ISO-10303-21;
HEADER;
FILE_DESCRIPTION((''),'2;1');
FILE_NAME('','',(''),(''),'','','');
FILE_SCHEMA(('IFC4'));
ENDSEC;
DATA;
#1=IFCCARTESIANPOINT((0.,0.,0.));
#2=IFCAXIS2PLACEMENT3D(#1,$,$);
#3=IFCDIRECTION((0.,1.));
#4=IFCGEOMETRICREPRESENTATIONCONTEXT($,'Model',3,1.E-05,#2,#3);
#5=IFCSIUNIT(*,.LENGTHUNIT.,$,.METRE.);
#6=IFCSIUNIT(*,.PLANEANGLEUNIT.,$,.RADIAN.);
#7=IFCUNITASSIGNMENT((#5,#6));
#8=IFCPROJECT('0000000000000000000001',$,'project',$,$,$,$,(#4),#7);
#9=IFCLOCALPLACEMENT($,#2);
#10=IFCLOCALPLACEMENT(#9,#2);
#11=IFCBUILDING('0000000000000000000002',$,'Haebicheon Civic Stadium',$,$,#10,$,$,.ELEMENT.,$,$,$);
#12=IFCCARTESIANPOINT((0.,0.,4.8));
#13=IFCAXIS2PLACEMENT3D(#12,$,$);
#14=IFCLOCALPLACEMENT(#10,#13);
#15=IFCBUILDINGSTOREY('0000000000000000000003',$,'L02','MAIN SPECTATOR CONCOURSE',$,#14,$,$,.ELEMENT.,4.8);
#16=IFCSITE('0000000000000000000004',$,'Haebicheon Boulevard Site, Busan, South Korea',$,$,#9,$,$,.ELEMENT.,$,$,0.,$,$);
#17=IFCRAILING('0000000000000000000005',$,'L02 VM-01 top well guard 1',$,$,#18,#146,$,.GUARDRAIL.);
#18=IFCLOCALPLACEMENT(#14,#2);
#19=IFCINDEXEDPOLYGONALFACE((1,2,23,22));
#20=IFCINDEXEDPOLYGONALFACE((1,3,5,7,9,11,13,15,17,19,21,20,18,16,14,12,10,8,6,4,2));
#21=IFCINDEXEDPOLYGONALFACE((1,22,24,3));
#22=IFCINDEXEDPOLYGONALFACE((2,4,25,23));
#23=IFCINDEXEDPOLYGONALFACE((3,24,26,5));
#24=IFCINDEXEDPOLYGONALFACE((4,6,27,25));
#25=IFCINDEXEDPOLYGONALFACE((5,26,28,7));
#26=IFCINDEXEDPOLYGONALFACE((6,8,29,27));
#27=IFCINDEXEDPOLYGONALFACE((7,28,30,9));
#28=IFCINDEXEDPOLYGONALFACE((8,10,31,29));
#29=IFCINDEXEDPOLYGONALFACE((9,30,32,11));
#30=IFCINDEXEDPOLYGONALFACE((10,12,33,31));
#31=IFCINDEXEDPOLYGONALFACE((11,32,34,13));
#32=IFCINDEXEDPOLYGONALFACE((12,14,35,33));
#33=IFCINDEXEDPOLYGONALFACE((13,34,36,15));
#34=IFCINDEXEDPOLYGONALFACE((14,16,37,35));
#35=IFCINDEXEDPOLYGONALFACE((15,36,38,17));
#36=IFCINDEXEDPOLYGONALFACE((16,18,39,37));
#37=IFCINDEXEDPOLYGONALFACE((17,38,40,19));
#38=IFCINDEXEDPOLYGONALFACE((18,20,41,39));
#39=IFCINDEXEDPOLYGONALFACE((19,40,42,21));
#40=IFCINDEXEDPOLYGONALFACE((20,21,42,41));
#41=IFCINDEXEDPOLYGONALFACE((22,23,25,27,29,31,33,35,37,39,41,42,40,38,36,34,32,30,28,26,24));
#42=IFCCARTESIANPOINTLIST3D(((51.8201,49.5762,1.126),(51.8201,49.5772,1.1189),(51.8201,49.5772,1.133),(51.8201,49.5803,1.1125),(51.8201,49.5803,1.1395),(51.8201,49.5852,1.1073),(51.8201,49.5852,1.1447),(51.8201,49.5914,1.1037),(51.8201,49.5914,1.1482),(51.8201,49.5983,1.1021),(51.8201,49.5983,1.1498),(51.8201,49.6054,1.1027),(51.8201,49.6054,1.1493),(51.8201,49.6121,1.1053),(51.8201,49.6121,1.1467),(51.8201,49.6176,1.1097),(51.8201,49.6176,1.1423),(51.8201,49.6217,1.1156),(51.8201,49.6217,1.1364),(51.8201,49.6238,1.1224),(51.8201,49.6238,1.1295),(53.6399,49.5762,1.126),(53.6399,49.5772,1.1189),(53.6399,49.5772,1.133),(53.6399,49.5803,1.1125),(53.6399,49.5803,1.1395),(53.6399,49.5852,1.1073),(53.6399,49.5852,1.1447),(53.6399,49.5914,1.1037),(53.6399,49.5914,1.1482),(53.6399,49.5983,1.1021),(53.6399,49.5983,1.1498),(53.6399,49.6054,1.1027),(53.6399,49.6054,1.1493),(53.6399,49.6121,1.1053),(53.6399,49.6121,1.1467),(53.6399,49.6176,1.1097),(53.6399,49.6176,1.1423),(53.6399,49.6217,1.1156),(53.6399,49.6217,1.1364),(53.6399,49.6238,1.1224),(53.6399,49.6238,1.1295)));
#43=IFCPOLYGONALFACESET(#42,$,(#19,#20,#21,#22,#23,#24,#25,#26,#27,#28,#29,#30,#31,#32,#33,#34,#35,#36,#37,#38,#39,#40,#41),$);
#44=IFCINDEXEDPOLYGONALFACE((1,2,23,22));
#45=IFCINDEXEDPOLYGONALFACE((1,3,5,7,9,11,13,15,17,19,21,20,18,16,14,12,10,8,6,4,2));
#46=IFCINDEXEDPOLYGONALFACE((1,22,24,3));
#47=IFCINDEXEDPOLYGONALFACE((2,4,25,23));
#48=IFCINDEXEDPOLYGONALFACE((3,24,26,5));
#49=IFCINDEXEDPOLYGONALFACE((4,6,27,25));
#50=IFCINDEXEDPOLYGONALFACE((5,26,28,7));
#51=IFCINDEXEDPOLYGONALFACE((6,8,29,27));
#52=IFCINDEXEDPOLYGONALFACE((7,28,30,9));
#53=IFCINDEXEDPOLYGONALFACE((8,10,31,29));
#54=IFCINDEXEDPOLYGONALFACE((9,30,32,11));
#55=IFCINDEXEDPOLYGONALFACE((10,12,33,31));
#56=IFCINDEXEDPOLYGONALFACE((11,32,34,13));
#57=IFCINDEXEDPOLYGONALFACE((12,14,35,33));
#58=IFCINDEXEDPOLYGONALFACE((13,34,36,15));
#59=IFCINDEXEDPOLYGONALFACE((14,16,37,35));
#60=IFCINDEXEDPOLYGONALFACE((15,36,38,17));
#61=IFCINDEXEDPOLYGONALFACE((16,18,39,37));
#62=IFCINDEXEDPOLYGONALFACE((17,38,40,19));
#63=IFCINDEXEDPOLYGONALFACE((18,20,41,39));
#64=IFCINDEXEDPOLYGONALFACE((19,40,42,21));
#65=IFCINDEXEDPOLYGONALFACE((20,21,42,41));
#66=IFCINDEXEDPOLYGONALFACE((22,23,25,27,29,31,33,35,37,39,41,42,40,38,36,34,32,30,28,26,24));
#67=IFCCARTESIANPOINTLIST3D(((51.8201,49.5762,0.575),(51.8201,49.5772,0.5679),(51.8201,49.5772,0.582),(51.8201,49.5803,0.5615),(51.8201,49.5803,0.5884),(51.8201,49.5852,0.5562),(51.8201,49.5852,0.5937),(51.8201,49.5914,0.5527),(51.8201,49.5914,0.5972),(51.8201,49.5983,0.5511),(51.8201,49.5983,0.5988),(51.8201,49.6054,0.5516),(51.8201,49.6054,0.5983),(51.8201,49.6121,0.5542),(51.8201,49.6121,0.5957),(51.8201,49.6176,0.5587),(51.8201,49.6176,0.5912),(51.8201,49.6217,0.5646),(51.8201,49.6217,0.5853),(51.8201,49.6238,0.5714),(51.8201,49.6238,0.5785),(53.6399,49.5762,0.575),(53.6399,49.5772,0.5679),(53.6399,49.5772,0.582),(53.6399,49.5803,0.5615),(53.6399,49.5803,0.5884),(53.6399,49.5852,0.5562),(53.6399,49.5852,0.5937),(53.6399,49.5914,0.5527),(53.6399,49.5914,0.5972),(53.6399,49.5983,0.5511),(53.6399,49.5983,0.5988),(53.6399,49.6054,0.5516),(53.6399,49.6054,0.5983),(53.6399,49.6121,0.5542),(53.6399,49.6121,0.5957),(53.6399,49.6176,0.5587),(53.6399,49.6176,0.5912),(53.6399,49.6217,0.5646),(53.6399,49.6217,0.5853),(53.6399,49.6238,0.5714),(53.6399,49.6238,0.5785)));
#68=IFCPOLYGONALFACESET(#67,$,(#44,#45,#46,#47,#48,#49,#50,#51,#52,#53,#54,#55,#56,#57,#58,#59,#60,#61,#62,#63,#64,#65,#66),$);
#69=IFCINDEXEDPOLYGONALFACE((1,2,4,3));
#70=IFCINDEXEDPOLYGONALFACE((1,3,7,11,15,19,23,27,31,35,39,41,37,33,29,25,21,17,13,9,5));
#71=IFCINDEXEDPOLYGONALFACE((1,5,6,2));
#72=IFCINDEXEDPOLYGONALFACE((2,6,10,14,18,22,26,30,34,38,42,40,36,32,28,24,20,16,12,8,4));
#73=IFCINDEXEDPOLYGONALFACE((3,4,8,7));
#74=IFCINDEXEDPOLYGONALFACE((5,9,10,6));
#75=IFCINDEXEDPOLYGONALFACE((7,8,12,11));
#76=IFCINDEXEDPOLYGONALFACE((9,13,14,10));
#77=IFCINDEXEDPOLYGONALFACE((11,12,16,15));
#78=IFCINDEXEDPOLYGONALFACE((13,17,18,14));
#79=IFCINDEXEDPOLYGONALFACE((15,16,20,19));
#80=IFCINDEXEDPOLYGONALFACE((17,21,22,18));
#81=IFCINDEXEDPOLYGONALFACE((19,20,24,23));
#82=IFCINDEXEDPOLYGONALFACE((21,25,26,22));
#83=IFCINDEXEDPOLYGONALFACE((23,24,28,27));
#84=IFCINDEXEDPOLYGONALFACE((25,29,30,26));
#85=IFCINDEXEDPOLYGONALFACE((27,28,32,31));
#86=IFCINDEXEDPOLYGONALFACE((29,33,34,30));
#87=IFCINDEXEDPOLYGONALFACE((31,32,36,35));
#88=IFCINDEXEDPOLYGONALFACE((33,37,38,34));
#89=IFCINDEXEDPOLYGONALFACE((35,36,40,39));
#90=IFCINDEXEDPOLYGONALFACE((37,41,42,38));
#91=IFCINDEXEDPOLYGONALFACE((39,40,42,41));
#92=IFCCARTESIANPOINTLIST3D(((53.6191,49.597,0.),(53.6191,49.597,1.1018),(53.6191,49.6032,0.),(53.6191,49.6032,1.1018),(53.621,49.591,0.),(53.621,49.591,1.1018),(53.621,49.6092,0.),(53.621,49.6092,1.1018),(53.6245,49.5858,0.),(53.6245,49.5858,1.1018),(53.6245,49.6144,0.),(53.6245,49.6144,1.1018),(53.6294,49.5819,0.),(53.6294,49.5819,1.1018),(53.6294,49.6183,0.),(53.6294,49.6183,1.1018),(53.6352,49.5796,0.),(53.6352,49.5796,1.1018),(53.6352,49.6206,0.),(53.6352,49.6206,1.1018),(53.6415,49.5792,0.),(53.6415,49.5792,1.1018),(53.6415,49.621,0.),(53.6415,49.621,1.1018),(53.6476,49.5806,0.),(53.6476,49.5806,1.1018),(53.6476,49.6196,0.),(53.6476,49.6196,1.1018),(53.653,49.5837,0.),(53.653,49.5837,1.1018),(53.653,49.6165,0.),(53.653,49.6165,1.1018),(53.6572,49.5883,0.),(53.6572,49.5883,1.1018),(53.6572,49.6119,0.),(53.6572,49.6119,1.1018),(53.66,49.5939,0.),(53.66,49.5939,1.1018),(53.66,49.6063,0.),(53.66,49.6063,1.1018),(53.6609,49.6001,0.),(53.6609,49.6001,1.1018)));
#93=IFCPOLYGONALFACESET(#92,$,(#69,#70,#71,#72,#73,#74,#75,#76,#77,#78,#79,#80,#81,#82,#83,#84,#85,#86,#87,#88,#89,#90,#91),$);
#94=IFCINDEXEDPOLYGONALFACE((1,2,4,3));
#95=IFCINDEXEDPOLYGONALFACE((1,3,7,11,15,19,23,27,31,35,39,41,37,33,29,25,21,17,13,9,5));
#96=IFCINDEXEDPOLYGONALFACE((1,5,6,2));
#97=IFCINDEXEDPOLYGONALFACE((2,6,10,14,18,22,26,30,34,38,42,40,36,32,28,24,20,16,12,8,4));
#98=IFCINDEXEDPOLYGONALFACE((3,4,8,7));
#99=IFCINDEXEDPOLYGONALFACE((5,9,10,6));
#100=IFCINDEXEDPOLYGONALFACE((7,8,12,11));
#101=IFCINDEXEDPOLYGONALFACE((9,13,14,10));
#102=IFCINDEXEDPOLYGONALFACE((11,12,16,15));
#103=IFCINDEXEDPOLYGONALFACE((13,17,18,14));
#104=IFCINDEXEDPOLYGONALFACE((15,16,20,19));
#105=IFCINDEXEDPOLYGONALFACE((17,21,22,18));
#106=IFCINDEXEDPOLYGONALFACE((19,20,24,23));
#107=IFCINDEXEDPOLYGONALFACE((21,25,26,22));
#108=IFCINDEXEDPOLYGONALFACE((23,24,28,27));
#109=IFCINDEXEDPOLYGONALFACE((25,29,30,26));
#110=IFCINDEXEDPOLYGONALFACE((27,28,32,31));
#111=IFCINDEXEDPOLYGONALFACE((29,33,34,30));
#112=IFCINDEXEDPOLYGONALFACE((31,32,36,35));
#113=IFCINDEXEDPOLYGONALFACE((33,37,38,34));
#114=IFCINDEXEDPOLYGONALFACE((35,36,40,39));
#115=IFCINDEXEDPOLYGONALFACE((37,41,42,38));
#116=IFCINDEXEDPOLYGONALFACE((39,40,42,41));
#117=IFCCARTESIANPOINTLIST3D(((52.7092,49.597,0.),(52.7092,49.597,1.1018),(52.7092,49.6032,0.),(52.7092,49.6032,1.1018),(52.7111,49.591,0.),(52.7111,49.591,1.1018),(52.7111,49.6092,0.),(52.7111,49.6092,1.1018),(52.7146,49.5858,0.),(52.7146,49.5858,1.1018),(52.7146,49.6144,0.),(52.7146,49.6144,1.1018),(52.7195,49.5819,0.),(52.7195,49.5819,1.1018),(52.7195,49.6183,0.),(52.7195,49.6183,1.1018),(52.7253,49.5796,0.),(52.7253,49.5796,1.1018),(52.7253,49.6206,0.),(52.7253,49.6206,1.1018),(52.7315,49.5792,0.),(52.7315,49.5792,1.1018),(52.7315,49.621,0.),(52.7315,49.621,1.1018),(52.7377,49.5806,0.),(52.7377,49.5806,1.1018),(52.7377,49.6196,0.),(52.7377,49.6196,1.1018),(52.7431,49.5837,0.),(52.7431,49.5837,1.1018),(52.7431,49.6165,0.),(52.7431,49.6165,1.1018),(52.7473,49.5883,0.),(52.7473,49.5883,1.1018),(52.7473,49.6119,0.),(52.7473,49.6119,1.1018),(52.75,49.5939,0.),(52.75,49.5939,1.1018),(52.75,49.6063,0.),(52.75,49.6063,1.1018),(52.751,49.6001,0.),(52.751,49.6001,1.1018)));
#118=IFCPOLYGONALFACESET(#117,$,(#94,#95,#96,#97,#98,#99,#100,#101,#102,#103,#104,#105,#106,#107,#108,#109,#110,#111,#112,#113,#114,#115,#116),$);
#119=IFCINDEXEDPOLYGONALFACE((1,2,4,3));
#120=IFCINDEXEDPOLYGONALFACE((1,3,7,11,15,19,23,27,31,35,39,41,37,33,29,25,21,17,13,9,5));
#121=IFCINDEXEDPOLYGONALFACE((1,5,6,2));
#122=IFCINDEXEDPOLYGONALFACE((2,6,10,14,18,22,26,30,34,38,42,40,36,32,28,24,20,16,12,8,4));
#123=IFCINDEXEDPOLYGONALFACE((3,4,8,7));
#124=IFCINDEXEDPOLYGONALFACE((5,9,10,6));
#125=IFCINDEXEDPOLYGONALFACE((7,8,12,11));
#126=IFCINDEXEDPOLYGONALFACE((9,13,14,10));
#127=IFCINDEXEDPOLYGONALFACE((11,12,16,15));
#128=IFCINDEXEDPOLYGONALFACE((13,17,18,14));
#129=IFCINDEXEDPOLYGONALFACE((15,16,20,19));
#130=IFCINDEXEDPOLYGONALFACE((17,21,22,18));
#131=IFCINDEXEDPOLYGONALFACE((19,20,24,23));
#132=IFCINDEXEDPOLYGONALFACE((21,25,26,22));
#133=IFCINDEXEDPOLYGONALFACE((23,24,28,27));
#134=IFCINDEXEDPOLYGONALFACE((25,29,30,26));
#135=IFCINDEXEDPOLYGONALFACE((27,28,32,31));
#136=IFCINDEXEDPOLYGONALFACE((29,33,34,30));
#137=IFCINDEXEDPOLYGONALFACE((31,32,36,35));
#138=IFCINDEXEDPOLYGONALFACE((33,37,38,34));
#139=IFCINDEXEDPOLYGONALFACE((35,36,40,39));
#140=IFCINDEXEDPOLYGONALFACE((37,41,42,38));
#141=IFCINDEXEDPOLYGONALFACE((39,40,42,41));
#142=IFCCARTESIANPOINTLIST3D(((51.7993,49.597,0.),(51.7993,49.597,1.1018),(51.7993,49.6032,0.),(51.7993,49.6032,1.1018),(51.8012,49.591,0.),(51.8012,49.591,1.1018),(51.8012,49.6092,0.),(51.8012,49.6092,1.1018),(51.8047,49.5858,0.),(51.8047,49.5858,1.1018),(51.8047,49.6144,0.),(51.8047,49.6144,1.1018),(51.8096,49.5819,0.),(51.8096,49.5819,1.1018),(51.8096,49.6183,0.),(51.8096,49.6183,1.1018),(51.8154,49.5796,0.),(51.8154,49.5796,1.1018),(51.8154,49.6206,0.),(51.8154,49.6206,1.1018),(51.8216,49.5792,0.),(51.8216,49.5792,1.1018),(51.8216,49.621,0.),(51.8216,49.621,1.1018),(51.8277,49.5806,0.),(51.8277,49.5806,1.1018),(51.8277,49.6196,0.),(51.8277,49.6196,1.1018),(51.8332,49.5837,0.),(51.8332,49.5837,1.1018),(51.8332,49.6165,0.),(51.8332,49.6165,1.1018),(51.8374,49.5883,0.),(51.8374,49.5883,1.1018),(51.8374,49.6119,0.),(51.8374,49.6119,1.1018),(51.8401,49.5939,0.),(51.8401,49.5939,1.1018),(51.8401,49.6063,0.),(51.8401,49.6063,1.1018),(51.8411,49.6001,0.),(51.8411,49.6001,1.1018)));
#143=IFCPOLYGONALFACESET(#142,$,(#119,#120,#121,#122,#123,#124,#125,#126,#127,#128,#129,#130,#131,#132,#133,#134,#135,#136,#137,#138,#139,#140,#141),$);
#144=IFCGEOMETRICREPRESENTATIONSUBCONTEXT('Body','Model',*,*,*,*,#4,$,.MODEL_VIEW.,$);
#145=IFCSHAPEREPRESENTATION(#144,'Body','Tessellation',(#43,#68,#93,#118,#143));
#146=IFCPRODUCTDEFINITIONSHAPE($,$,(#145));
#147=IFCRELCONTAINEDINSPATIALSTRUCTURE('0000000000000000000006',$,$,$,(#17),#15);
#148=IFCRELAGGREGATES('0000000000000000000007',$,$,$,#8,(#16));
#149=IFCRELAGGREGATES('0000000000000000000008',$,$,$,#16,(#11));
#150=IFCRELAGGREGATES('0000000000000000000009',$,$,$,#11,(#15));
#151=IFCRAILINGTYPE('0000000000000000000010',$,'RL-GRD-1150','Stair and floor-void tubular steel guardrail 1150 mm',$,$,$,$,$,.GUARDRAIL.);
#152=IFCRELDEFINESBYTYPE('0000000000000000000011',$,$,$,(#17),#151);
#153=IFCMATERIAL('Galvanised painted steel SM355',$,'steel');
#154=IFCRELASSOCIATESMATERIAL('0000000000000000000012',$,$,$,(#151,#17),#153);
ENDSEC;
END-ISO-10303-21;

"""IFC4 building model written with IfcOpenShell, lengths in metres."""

from ifc_helpers import new_model, si_unit, direction, frame, origin, origin_2d, place, context, subcontext, project, spatial, circle, extrude, material, type_object, element, save


model = new_model("IFC4")

# Units and contexts
model_context = context("Model", 3, precision=1e-05, world=origin(), true_north=direction((0.0, 1.0)))
body_context = subcontext(model_context, "Body", "Model", "MODEL_VIEW")
ifc_project = project(units=[si_unit("LENGTHUNIT", "METRE"), si_unit("PLANEANGLEUNIT", "RADIAN")], contexts=[model_context])

# Site, building, storey
site_placement = place(None, origin())
site = spatial("IfcSite", under=ifc_project, at=site_placement, Name="Haebicheon Boulevard Site, Busan, South Korea", CompositionType="ELEMENT", RefElevation=0.0)
building_placement = place(site_placement, origin())
building = spatial("IfcBuilding", under=site, at=building_placement, Name="Haebicheon Civic Stadium", CompositionType="ELEMENT")
storey_placement = place(building_placement, frame((0.0, 0.0, 4.8)))
storey = spatial("IfcBuildingStorey", under=building, at=storey_placement, Name="L02", Description="MAIN SPECTATOR CONCOURSE", CompositionType="ELEMENT", Elevation=4.8)

# Railing
ifc_material_1 = material(Name="Galvanised painted steel SM355", Category="steel")
railing_type_1 = type_object("IfcRailingType", Name="RL-GRD-1150", Description="Stair and floor-void tubular steel guardrail 1150 mm", PredefinedType="GUARDRAIL", material=ifc_material_1)
railing_1_placement = place(storey_placement, frame((53.6399, 49.6001, 0.0)))
element("IfcRailing", 1, at=railing_1_placement, inside=storey, type_object=railing_type_1, material=ifc_material_1, Name="L02 VM-01 top well guard 1", PredefinedType="GUARDRAIL", context=body_context, shape_type="SweptSolid", body=[
    extrude(circle(Radius=0.0239, at=origin_2d()), frame((0.0, 0.0, 1.126), z_axis=(-1.0, 0.0, 0.0), x_axis=(0.0, -1.0, 0.0)), (0.0, 0.0, 1.0), 1.8198),
    extrude(circle(Radius=0.0239, at=origin_2d()), frame((0.0, 0.0, 0.575), z_axis=(-1.0, 0.0, 0.0), x_axis=(0.0, -1.0, 0.0)), (0.0, 0.0, 1.0), 1.8198),
    extrude(circle(Radius=0.021, at=origin_2d()), origin(), (0.0, 0.0, 1.0), 1.1018),
    extrude(circle(Radius=0.021, at=origin_2d()), frame((-0.9099, 0.0, 0.0)), (0.0, 0.0, 1.0), 1.1018),
    extrude(circle(Radius=0.021, at=origin_2d()), frame((-1.8198, 0.0, 0.0)), (0.0, 0.0, 1.0), 1.1018),
])

save(model, "model.ifc")
